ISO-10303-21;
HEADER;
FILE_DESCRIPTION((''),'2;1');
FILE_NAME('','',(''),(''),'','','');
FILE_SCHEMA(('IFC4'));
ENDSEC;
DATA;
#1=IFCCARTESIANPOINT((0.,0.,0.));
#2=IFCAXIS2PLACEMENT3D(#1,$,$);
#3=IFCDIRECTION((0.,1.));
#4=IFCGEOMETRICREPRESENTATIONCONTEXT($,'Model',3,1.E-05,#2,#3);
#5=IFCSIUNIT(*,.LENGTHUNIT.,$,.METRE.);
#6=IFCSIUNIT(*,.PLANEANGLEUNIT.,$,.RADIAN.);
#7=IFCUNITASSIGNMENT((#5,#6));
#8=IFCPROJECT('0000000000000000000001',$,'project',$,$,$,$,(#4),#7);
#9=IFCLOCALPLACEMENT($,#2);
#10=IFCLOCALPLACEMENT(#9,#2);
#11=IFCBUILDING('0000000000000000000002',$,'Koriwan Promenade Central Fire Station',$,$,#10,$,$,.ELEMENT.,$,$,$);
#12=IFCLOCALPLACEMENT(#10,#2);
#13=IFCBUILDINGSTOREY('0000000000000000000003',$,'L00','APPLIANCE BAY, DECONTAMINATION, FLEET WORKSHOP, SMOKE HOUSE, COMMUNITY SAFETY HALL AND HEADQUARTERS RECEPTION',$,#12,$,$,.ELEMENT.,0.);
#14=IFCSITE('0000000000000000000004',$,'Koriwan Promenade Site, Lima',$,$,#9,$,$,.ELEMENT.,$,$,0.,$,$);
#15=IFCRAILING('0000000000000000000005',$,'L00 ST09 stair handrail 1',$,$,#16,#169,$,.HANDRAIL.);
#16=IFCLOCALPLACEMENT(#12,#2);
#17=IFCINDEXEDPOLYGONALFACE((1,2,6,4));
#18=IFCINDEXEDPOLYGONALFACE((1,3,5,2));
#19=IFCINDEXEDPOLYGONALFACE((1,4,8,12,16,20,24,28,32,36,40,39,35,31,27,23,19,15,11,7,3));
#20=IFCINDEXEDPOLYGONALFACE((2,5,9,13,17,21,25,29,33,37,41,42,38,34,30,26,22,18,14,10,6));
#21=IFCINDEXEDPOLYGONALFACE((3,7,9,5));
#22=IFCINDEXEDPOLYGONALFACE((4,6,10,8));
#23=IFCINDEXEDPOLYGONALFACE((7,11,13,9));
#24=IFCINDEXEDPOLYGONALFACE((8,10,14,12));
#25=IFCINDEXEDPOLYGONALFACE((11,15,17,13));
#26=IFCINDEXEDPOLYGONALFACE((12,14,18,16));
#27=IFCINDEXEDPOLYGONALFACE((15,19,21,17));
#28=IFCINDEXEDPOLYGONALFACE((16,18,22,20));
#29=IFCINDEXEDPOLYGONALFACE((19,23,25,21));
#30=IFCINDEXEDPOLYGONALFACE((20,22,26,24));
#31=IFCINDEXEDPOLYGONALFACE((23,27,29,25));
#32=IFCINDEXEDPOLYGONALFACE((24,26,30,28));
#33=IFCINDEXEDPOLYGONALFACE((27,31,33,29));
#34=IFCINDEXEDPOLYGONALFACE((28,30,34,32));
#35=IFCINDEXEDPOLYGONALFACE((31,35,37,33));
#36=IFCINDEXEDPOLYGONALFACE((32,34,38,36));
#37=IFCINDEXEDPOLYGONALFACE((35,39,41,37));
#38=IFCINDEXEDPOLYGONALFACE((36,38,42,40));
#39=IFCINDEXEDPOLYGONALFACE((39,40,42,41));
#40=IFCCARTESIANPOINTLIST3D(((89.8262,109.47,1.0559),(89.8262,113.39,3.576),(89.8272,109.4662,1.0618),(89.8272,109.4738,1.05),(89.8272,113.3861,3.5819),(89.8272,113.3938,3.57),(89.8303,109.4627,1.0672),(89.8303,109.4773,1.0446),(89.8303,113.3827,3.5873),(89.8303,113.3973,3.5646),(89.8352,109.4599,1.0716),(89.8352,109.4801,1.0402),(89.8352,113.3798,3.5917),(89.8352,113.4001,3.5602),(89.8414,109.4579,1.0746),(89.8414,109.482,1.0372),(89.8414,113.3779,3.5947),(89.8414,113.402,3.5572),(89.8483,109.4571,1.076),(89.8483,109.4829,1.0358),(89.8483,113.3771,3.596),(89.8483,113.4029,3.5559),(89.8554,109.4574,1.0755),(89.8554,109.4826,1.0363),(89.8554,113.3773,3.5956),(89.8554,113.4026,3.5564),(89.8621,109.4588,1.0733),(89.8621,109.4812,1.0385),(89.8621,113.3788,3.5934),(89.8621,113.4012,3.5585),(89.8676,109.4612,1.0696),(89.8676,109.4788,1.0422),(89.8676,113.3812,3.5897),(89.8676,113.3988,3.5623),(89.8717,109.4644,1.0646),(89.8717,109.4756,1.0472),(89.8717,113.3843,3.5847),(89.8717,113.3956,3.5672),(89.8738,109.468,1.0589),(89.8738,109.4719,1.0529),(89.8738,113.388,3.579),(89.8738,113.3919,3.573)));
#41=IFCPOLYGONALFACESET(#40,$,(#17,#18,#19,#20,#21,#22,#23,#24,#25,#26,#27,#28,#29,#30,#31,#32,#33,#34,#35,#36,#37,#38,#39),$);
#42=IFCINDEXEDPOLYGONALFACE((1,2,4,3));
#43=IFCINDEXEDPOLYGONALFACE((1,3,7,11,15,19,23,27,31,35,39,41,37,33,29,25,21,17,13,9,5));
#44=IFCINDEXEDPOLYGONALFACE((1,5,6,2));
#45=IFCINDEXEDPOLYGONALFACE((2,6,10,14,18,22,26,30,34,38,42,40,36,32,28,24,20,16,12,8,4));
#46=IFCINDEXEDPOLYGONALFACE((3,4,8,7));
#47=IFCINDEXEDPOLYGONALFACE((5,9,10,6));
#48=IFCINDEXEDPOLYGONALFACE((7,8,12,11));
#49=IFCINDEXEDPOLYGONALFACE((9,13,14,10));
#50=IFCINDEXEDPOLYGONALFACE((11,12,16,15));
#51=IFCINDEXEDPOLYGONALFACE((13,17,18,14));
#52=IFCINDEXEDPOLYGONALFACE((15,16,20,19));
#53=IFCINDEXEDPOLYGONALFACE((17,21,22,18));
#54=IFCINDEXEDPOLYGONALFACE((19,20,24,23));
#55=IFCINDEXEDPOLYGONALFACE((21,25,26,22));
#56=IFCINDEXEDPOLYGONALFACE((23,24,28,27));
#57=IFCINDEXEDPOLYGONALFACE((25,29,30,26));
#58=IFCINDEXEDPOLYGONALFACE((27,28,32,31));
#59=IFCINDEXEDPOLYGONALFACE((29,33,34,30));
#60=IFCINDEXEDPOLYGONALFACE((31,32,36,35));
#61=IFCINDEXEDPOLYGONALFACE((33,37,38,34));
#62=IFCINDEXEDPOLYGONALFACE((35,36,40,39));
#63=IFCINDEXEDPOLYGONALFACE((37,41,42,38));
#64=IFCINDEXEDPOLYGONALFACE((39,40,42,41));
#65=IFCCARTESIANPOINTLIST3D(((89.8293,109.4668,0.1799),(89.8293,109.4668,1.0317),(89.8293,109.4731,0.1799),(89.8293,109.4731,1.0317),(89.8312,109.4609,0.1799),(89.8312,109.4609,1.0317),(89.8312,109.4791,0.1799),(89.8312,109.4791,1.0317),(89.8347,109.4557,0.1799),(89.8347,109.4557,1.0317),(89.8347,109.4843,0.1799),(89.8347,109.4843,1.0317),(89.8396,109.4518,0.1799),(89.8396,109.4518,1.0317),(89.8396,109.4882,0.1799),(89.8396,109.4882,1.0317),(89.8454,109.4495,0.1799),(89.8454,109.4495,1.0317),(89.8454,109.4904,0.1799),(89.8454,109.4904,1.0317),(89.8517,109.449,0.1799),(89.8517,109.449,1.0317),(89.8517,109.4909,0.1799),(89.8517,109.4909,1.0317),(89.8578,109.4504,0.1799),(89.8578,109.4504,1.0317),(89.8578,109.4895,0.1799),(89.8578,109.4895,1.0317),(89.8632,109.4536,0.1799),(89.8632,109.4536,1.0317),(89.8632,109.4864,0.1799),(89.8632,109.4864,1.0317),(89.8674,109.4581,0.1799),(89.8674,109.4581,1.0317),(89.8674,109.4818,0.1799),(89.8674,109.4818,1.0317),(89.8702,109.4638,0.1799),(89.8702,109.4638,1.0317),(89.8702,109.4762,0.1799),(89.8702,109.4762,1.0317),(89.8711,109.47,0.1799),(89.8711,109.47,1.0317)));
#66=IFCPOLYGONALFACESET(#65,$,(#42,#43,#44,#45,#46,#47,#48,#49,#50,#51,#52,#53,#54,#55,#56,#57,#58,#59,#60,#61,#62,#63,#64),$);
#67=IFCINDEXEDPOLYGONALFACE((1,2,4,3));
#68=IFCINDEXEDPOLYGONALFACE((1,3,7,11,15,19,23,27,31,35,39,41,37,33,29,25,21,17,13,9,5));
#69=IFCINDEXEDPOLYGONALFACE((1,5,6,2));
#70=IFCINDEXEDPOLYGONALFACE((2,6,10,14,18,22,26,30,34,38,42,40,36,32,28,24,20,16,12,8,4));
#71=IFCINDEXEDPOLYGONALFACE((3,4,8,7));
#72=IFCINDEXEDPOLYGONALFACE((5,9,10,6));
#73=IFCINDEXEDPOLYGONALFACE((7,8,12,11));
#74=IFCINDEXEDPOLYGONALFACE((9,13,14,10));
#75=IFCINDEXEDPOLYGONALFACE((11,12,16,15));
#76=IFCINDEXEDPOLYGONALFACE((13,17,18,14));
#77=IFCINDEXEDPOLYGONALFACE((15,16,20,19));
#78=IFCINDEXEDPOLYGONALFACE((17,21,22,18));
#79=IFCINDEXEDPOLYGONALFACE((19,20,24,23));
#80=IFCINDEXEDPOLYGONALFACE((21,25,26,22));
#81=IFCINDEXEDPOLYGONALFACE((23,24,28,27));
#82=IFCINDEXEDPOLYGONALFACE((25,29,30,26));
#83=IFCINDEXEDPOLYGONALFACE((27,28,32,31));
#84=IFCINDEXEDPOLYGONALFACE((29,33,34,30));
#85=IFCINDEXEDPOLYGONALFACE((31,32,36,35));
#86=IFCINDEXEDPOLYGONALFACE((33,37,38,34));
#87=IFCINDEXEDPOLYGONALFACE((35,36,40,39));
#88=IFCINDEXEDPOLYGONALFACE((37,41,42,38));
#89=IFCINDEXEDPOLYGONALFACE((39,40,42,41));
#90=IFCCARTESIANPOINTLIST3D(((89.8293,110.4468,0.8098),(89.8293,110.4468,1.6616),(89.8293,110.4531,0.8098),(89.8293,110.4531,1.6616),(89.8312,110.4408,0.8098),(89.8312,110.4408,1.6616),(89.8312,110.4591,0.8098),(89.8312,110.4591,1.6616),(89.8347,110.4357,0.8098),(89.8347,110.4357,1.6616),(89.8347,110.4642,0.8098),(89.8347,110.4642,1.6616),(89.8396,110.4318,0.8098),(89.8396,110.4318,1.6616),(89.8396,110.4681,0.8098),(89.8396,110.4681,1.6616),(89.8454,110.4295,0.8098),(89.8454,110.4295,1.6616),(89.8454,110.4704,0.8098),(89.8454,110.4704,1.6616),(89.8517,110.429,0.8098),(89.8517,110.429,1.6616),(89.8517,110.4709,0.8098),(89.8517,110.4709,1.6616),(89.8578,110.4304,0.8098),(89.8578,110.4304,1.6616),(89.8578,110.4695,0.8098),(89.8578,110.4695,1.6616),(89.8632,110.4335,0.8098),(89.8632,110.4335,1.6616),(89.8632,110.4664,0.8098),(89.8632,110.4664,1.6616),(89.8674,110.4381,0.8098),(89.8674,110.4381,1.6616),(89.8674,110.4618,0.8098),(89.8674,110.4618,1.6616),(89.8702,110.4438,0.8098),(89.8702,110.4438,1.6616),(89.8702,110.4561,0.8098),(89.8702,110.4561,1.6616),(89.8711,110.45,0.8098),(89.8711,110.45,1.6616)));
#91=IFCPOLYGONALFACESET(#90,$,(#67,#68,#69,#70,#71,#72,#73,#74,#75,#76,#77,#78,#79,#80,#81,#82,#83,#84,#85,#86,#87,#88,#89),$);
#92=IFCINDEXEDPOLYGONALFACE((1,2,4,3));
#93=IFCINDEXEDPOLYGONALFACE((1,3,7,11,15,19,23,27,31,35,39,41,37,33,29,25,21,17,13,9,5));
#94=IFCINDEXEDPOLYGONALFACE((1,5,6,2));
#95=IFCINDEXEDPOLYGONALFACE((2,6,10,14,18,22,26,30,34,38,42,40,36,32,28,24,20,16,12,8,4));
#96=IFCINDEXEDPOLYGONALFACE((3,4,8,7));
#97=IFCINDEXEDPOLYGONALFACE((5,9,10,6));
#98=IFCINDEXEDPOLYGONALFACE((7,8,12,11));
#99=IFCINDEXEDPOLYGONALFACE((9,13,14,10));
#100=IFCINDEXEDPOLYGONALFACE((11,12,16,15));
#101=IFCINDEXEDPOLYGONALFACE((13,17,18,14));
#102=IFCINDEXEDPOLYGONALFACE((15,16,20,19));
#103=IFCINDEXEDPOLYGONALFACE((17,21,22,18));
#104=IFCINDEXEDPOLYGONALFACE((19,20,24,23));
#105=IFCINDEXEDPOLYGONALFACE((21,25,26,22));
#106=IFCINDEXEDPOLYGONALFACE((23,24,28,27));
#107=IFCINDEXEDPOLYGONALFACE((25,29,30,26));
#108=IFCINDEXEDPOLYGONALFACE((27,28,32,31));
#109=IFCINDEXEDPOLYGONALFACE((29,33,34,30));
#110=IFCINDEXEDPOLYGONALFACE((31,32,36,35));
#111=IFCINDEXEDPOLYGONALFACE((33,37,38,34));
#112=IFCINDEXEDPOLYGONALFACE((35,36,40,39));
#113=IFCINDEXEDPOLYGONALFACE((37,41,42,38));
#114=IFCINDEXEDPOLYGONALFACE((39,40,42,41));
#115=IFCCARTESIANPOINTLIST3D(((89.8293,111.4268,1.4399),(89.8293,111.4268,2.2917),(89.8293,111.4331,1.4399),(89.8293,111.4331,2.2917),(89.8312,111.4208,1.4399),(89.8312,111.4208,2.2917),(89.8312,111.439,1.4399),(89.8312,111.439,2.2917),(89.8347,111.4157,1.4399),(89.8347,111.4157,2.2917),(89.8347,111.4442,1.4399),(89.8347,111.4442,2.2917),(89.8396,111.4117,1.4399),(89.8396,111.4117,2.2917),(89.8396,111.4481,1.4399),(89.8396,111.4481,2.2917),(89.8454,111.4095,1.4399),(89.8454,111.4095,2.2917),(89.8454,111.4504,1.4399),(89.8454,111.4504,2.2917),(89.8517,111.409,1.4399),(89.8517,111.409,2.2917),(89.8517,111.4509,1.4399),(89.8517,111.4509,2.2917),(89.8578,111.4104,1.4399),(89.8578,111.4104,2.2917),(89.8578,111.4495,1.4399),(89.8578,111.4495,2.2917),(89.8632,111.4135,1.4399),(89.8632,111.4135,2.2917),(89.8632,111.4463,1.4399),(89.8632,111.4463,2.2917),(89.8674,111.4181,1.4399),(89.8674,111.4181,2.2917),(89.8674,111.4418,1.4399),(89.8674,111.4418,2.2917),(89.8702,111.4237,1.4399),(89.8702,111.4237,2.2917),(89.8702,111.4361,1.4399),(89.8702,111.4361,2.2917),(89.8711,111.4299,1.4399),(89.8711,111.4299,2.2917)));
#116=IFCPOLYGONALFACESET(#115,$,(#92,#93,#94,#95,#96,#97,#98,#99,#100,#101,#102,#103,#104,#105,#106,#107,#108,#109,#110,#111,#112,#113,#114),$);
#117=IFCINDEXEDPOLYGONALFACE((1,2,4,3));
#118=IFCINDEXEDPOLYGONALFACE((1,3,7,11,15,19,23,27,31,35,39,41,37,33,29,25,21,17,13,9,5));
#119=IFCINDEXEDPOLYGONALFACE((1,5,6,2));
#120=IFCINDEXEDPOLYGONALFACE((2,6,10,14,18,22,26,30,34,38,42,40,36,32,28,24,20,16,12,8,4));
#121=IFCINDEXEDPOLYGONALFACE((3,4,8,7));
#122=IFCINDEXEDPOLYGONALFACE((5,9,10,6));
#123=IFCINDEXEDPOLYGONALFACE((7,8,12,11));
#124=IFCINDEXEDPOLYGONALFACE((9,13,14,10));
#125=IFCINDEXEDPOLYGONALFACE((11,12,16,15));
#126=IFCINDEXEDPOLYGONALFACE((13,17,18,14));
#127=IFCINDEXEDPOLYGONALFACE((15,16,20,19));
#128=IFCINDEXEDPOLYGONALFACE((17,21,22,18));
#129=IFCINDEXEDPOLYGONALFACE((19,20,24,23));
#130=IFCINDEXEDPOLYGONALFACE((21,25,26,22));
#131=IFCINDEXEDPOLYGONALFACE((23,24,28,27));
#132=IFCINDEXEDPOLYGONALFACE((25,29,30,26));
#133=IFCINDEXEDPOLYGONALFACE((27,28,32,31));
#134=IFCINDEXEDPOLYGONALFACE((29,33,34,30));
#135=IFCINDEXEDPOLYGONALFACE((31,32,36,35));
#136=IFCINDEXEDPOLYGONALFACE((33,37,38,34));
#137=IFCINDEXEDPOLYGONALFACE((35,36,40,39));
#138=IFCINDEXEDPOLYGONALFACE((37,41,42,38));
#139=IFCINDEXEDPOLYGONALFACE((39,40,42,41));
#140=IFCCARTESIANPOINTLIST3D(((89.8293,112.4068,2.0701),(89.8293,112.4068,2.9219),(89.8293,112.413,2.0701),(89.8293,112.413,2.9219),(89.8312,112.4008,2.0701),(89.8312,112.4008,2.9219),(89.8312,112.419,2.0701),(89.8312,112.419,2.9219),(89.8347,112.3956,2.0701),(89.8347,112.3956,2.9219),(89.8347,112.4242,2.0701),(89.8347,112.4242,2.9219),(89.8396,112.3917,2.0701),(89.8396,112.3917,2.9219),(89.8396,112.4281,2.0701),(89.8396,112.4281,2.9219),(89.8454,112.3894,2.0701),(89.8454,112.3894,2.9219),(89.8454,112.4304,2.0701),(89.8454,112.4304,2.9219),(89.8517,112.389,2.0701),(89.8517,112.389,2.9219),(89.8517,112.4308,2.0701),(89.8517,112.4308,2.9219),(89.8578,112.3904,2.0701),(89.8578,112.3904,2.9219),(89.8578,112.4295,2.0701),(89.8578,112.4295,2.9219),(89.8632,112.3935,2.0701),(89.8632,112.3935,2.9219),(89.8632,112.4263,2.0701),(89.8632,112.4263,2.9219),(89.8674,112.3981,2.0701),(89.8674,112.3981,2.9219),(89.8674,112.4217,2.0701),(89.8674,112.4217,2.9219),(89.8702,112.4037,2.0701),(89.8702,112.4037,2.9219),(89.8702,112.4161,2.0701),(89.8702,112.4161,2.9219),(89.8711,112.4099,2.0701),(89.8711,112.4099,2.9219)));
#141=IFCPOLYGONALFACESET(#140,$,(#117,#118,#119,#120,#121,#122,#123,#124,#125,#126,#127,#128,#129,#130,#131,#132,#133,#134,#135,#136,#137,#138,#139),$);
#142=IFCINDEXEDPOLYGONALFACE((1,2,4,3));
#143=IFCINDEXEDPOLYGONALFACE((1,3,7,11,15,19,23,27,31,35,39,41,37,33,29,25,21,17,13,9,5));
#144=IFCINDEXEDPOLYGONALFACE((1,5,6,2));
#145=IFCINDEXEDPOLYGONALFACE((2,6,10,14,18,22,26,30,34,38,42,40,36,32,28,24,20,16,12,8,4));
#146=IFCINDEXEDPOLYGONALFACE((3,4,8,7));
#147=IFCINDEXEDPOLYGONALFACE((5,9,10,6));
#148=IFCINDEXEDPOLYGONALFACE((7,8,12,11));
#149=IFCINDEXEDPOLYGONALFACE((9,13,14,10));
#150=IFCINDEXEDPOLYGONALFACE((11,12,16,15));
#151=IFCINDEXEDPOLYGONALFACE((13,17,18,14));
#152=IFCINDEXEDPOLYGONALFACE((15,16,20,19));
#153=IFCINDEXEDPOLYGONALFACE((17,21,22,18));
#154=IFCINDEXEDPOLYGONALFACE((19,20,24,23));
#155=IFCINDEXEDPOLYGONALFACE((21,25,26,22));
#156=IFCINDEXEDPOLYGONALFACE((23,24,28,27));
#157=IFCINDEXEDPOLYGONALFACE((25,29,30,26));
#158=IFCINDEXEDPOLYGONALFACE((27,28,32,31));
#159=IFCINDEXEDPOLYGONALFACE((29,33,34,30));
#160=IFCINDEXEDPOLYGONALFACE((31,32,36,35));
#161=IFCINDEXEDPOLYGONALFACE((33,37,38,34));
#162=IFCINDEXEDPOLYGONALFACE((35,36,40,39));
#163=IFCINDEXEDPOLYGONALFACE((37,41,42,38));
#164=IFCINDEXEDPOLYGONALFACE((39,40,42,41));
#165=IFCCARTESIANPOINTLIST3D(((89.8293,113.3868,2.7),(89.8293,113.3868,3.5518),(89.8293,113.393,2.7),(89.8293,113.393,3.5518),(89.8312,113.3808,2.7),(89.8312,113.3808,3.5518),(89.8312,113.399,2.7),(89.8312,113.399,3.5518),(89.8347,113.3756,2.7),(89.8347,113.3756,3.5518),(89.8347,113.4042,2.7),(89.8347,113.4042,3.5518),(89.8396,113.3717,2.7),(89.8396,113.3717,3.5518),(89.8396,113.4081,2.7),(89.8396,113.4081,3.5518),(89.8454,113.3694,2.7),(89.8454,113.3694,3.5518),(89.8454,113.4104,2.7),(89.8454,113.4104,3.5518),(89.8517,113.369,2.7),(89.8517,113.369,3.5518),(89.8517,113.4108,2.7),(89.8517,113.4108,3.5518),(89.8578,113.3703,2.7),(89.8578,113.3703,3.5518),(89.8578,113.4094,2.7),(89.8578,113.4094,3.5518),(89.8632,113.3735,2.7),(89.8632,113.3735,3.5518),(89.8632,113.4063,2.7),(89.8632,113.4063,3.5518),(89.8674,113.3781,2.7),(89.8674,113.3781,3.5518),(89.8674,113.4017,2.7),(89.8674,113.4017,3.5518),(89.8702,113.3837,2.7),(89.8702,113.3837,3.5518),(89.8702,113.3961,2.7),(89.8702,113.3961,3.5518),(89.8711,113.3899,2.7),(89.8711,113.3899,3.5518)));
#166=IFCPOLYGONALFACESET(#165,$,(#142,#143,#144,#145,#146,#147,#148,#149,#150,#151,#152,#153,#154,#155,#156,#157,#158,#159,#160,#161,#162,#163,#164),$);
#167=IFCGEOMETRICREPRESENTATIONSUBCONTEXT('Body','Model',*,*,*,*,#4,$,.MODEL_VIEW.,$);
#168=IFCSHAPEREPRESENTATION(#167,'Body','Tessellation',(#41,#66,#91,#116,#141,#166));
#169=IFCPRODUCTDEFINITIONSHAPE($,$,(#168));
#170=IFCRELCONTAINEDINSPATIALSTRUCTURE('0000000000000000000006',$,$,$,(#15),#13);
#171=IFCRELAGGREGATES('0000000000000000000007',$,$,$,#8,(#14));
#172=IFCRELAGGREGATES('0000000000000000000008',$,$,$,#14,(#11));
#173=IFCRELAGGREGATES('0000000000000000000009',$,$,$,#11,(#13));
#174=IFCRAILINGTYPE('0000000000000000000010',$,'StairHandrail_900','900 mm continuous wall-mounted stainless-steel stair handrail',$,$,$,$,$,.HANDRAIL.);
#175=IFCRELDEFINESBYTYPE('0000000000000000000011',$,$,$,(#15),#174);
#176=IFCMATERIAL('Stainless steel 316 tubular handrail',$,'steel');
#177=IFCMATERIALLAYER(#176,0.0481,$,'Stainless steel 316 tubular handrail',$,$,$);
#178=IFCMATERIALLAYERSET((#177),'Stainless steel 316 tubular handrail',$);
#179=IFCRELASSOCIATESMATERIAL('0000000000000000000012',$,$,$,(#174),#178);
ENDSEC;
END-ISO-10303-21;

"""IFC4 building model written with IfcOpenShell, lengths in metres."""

from ifc_helpers import new_model, si_unit, direction, frame, origin, origin_2d, place, context, subcontext, project, spatial, circle, extrude, material, layer, layer_set, type_object, element, save


model = new_model("IFC4")

# Units and contexts
model_context = context("Model", 3, precision=1e-05, world=origin(), true_north=direction((0.0, 1.0)))
body_context = subcontext(model_context, "Body", "Model", "MODEL_VIEW")
ifc_project = project(units=[si_unit("LENGTHUNIT", "METRE"), si_unit("PLANEANGLEUNIT", "RADIAN")], contexts=[model_context])

# Site, building, storey
site_placement = place(None, origin())
site = spatial("IfcSite", under=ifc_project, at=site_placement, Name="Koriwan Promenade Site, Lima", CompositionType="ELEMENT", RefElevation=0.0)
building_placement = place(site_placement, origin())
building = spatial("IfcBuilding", under=site, at=building_placement, Name="Koriwan Promenade Central Fire Station", CompositionType="ELEMENT")
storey_placement = place(building_placement, origin())
storey = spatial("IfcBuildingStorey", under=building, at=storey_placement, Name="L00", Description="APPLIANCE BAY, DECONTAMINATION, FLEET WORKSHOP, SMOKE HOUSE, COMMUNITY SAFETY HALL AND HEADQUARTERS RECEPTION", CompositionType="ELEMENT", Elevation=0.0)

# Railing
ifc_material_1 = material(Name="Stainless steel 316 tubular handrail", Category="steel")
ifc_layer_1 = layer(ifc_material_1, 0.0481, Name="Stainless steel 316 tubular handrail")
ifc_layer_set_1 = layer_set([ifc_layer_1], Name="Stainless steel 316 tubular handrail")
railing_type_1 = type_object("IfcRailingType", Name="StairHandrail_900", Description="900 mm continuous wall-mounted stainless-steel stair handrail", PredefinedType="HANDRAIL", material=ifc_layer_set_1)
railing_1_placement = place(storey_placement, frame((89.8501, 109.47, 0.1799)))
element("IfcRailing", 1, at=railing_1_placement, inside=storey, type_object=railing_type_1, Name="L00 ST09 stair handrail 1", PredefinedType="HANDRAIL", context=body_context, shape_type="SweptSolid", body=[
    extrude(circle(Radius=0.0239, at=origin_2d()), frame((0.0, 0.0, 0.876), z_axis=(0.0, 0.841172, 0.540768), x_axis=(-1.0, 0.0, 0.0)), (0.0, 0.0, 1.0), 4.6602),
    extrude(circle(Radius=0.021, at=origin_2d()), origin(), (0.0, 0.0, 1.0), 0.8518),
    extrude(circle(Radius=0.021, at=origin_2d()), frame((0.0, 0.98, 0.6299)), (0.0, 0.0, 1.0), 0.8518),
    extrude(circle(Radius=0.021, at=origin_2d()), frame((0.0, 1.96, 1.26)), (0.0, 0.0, 1.0), 0.8518),
    extrude(circle(Radius=0.021, at=origin_2d()), frame((0.0, 2.9399, 1.8901)), (0.0, 0.0, 1.0), 0.8518),
    extrude(circle(Radius=0.021, at=origin_2d()), frame((0.0, 3.9199, 2.52)), (0.0, 0.0, 1.0), 0.8518),
])

save(model, "model.ifc")
